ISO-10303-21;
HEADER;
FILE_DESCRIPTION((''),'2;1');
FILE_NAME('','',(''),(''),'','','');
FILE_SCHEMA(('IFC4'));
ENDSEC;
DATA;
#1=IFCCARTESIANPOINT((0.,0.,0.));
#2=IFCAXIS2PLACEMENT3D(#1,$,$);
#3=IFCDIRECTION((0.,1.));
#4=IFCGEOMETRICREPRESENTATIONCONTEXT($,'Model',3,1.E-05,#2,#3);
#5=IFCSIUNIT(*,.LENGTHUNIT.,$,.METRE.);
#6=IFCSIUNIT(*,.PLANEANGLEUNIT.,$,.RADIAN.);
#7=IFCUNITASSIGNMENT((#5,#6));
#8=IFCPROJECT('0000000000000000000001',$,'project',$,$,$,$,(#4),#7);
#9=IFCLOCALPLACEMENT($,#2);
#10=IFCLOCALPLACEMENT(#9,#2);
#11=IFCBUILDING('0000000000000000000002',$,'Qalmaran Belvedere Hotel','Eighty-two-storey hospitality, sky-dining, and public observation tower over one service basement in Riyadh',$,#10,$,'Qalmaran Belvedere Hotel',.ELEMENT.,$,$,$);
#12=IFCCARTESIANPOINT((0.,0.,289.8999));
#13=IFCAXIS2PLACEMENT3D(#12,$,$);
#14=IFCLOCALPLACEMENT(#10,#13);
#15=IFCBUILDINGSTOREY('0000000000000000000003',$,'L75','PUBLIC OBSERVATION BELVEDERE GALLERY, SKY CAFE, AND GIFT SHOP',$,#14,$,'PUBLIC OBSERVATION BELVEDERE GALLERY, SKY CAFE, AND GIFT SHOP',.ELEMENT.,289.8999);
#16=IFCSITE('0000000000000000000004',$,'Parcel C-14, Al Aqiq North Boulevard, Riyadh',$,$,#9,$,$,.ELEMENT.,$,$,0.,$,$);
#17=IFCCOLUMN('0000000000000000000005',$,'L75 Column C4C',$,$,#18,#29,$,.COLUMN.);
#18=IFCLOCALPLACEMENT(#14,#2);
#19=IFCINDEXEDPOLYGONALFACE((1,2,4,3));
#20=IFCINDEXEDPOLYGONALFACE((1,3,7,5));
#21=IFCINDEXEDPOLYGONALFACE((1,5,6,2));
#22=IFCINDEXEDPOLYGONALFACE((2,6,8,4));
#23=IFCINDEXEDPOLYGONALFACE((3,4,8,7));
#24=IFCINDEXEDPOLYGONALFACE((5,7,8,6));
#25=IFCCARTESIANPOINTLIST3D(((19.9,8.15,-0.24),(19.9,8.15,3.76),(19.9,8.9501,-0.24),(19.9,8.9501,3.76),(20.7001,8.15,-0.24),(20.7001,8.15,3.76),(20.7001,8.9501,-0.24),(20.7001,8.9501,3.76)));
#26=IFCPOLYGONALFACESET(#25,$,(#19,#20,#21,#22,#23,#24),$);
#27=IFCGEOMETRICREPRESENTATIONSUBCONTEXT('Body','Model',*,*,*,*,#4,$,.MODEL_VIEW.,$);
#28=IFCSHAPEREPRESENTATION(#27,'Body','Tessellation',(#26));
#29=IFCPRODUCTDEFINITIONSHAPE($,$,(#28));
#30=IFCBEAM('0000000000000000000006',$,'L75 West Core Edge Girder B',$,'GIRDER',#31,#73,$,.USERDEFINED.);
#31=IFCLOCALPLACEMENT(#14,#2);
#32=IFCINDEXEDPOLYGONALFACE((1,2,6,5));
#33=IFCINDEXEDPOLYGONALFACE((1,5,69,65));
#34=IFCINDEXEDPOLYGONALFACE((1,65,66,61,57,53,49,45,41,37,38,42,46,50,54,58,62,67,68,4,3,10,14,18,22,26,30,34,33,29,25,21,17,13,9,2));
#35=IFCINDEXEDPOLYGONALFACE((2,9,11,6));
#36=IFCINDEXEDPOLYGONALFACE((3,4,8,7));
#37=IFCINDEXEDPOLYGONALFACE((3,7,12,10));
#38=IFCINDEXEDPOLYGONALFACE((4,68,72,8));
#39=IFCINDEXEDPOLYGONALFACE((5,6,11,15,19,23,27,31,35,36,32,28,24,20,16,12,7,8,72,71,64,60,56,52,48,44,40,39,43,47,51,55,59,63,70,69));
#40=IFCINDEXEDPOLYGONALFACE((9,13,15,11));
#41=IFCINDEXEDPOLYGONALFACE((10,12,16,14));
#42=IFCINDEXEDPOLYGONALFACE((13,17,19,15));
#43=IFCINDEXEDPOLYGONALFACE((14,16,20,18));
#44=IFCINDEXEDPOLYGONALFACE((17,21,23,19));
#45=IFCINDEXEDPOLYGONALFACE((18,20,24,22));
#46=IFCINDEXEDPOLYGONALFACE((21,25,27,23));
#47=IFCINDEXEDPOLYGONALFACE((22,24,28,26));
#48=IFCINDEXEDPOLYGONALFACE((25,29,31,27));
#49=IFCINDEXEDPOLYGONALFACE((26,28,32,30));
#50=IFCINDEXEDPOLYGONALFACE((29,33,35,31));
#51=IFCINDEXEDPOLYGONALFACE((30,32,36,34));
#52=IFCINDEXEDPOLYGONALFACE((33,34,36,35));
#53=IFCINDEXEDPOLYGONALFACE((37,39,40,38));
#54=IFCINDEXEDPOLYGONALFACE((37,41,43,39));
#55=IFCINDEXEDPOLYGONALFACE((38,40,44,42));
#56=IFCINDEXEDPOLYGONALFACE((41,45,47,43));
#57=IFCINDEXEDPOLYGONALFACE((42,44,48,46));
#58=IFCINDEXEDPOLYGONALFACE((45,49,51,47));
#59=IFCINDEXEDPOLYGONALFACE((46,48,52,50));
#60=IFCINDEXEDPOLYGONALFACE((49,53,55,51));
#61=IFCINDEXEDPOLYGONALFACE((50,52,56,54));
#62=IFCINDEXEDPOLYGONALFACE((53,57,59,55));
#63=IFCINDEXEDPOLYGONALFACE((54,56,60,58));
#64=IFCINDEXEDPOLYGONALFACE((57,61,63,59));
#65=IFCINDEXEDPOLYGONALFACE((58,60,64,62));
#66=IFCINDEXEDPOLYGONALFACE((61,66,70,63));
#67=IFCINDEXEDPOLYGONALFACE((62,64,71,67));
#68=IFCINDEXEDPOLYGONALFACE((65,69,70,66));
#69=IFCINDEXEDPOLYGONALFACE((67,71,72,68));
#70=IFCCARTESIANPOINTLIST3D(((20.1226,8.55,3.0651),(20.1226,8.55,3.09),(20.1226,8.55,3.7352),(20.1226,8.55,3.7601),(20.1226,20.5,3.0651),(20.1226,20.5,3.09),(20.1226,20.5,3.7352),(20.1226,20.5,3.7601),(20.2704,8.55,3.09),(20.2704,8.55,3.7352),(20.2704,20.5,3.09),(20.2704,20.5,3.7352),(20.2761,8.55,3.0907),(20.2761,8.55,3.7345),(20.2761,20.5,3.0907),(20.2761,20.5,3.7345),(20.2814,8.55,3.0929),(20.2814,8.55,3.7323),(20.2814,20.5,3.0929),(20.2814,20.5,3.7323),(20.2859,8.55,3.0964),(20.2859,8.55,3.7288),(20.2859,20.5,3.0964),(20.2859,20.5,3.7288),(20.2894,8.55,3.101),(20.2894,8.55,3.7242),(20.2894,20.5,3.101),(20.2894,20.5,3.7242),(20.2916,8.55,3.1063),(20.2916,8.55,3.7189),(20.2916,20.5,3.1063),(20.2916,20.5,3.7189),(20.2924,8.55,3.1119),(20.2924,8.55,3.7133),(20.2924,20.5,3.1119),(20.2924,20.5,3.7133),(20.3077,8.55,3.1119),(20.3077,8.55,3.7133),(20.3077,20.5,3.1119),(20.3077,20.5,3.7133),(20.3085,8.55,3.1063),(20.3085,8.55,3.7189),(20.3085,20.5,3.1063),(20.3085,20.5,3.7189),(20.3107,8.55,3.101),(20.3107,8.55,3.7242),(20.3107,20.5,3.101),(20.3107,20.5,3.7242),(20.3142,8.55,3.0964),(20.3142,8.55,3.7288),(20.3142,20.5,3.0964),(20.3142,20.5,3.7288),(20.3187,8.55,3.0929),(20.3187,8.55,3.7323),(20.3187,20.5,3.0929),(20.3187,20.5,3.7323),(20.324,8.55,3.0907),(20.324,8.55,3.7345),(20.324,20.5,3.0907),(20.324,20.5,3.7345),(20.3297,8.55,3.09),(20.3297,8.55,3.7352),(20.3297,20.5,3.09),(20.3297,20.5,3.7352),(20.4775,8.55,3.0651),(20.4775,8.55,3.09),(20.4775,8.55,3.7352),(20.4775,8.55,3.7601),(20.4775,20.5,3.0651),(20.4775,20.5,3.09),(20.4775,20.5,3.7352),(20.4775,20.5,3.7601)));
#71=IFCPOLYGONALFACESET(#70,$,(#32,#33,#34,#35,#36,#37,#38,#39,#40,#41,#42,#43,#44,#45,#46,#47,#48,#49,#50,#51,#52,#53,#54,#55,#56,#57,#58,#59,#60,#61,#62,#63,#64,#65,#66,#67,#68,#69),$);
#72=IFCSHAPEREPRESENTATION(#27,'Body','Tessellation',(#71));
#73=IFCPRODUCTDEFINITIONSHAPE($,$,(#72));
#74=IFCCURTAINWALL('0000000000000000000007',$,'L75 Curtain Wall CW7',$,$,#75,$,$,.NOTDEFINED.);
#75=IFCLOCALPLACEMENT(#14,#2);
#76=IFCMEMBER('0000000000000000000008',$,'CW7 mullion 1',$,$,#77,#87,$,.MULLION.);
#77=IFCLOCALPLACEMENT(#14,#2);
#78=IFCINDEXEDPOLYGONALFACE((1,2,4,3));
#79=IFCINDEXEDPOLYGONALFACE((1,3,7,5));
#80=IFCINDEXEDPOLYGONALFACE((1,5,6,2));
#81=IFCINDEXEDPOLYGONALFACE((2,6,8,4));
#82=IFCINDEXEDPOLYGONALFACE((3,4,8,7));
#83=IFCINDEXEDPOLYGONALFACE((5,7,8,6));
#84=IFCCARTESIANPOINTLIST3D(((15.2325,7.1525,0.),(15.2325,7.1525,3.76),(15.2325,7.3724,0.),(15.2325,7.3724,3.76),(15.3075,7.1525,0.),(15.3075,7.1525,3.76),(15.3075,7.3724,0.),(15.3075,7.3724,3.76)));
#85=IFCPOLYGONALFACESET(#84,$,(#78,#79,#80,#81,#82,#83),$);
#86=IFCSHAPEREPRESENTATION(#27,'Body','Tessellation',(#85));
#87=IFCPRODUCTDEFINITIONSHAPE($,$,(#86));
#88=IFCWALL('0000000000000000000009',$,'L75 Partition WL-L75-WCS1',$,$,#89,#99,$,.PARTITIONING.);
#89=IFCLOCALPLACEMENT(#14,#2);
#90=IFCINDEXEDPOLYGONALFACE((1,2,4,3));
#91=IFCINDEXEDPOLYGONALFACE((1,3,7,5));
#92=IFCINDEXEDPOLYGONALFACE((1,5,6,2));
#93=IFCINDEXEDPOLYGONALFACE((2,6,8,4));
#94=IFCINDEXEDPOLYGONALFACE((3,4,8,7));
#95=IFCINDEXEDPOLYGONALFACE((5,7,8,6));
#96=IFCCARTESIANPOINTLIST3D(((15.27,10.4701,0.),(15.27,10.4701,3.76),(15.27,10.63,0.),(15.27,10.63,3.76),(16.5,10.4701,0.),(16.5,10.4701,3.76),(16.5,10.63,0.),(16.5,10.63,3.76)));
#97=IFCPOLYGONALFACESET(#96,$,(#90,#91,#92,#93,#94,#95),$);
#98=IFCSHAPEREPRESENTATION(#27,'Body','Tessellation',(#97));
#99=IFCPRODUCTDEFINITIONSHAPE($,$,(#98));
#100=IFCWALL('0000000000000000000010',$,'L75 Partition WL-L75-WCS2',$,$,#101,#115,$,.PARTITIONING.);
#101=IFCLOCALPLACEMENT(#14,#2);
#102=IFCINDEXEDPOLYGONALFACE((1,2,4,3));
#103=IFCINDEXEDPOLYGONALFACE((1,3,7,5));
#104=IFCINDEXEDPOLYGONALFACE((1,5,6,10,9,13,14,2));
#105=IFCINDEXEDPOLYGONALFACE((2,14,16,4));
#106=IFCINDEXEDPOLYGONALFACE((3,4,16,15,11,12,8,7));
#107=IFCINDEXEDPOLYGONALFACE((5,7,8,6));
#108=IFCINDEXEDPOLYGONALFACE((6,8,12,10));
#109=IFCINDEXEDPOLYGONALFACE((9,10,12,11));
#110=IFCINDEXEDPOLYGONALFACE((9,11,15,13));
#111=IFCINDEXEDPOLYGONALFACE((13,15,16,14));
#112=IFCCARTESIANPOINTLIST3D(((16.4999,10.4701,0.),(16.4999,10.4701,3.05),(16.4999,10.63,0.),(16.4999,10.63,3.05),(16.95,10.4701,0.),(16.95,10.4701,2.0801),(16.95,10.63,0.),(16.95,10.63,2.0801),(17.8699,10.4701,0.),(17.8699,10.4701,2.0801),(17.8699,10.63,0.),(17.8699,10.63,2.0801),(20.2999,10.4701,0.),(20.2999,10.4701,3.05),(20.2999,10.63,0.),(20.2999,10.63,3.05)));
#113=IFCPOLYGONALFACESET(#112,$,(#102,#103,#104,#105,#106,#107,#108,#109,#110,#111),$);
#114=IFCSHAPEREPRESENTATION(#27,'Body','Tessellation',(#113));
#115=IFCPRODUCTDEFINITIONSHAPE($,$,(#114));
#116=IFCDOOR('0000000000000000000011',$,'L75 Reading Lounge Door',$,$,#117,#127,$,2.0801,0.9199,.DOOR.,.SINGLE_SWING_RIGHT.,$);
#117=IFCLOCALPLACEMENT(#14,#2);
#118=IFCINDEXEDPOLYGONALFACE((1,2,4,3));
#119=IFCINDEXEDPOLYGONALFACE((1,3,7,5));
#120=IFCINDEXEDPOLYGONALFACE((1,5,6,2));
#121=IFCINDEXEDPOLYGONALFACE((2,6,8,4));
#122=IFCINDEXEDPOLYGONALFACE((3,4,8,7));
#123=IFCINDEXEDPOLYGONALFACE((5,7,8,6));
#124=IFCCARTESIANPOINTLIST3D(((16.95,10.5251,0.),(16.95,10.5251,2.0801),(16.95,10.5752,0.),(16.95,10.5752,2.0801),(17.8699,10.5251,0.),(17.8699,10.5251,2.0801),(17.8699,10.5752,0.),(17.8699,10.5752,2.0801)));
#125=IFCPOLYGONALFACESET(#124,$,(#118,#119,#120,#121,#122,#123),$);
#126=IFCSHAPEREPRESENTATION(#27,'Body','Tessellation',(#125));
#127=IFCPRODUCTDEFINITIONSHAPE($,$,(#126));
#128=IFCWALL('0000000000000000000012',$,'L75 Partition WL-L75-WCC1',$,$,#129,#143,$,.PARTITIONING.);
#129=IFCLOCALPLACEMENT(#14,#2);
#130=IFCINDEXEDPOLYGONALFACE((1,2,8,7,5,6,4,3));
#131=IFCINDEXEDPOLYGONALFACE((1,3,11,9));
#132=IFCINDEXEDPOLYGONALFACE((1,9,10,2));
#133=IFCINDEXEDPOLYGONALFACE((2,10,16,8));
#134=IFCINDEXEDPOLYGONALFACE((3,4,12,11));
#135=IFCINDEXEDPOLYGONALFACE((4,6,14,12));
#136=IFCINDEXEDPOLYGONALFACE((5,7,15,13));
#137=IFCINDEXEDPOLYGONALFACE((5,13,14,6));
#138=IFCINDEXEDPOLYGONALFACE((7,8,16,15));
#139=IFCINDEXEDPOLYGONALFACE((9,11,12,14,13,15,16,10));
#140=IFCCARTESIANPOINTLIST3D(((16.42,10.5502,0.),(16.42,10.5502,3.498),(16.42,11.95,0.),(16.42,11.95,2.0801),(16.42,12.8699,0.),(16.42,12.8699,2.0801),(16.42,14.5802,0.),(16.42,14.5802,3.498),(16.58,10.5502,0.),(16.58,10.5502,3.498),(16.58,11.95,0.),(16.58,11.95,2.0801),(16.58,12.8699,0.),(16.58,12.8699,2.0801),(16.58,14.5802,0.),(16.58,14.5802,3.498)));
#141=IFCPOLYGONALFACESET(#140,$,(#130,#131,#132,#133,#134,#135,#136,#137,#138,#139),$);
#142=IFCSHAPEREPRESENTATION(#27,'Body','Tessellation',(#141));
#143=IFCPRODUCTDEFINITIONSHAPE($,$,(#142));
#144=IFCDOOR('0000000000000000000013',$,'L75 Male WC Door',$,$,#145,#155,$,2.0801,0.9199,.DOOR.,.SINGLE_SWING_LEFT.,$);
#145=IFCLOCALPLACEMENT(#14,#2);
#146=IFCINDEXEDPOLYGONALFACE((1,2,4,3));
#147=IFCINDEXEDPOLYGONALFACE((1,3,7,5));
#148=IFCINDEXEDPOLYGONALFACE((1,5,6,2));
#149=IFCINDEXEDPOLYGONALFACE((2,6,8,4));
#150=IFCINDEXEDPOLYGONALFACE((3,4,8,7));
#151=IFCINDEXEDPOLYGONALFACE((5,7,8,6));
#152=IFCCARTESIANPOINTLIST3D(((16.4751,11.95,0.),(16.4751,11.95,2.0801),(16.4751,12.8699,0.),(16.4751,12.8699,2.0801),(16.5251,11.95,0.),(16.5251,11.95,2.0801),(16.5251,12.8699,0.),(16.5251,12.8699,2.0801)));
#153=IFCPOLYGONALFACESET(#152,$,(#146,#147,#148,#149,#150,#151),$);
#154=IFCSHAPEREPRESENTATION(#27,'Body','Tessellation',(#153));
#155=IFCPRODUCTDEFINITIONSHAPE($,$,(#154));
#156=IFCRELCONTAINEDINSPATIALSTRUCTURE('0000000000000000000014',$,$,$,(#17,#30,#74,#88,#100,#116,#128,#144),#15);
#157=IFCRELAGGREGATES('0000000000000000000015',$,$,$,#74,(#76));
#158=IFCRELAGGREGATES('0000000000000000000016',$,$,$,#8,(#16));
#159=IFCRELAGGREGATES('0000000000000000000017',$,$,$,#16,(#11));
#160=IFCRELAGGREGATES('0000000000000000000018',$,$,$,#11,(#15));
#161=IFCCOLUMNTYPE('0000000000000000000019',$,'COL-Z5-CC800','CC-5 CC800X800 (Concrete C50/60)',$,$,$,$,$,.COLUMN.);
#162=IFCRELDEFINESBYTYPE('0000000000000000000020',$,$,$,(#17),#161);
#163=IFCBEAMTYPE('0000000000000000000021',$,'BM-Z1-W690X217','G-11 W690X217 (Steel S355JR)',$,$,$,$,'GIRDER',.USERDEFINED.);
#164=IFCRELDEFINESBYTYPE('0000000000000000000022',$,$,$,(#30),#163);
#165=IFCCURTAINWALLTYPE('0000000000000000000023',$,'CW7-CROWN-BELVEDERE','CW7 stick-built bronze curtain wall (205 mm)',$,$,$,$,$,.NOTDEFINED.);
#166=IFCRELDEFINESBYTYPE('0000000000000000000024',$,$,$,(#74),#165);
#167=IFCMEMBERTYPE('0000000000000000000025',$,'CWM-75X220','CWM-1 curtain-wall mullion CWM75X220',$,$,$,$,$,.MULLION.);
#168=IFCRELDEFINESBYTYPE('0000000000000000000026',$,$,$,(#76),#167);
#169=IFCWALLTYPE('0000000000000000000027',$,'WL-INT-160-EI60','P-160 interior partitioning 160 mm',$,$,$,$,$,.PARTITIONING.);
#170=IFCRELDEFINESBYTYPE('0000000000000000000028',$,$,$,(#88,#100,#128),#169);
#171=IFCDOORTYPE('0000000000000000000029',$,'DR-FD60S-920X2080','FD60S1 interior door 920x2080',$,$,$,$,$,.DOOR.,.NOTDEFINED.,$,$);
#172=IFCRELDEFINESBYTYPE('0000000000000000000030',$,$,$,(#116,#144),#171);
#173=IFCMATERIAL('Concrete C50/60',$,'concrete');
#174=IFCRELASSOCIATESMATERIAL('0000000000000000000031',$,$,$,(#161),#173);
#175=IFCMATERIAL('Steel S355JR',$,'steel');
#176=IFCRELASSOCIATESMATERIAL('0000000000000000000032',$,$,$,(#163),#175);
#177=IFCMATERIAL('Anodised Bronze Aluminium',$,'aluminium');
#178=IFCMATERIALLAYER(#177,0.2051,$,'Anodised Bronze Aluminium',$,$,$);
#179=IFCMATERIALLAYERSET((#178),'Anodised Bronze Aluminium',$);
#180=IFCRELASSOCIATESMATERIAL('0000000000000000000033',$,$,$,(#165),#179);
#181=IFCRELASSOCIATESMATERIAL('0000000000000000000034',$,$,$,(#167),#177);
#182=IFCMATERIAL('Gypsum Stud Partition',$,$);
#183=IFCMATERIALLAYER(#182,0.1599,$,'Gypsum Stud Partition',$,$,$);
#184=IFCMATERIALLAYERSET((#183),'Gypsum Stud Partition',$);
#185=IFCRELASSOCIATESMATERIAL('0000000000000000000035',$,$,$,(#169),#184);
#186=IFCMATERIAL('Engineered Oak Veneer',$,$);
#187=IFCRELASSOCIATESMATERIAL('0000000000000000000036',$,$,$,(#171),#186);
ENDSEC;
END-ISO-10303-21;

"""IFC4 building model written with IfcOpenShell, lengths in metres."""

from ifc_helpers import new_model, si_unit, direction, frame, frame_2d, origin, origin_2d, place, context, subcontext, project, spatial, rectangle, i_section, extrude, material, layer, layer_set, material_profile, profile_set, type_object, element, fill, aggregate, save


model = new_model("IFC4")

# Units and contexts
model_context = context("Model", 3, precision=1e-05, world=origin(), true_north=direction((0.0, 1.0)))
body_context = subcontext(model_context, "Body", "Model", "MODEL_VIEW")
ifc_project = project(units=[si_unit("LENGTHUNIT", "METRE"), si_unit("PLANEANGLEUNIT", "RADIAN")], contexts=[model_context])

# Site, building, storey
site_placement = place(None, origin())
site = spatial("IfcSite", under=ifc_project, at=site_placement, Name="Parcel C-14, Al Aqiq North Boulevard, Riyadh", CompositionType="ELEMENT", RefElevation=0.0)
building_placement = place(site_placement, origin())
building = spatial("IfcBuilding", under=site, at=building_placement, Name="Qalmaran Belvedere Hotel", Description="Eighty-two-storey hospitality, sky-dining, and public observation tower over one service basement in Riyadh", LongName="Qalmaran Belvedere Hotel", CompositionType="ELEMENT")
storey_placement = place(building_placement, frame((0.0, 0.0, 289.8999)))
storey = spatial("IfcBuildingStorey", under=building, at=storey_placement, Name="L75", Description="PUBLIC OBSERVATION BELVEDERE GALLERY, SKY CAFE, AND GIFT SHOP", LongName="PUBLIC OBSERVATION BELVEDERE GALLERY, SKY CAFE, AND GIFT SHOP", CompositionType="ELEMENT", Elevation=289.8999)

# Column
ifc_material_1 = material(Name="Concrete C50/60", Category="concrete")
ifc_material_profile_1 = material_profile(ifc_material_1, rectangle(XDim=0.8, YDim=0.8, at=origin_2d()), Name="CC800X800")
ifc_profile_set_1 = profile_set([ifc_material_profile_1], Name="Concrete C50/60")
column_type = type_object("IfcColumnType", Name="COL-Z5-CC800", Description="CC-5 CC800X800 (Concrete C50/60)", PredefinedType="COLUMN", material=ifc_profile_set_1)
column_placement = place(storey_placement, frame((20.3, 8.55, -0.24), z_axis=(0.0, 0.0, 1.0), x_axis=(1.0, 0.0, 0.0)))
element("IfcColumn", 1, at=column_placement, inside=storey, type_object=column_type, Name="L75 Column C4C", PredefinedType="COLUMN", context=body_context, shape_type="SweptSolid", body=[
    extrude(rectangle(XDim=0.8, YDim=0.8, at=origin_2d()), origin(), (0.0, 0.0, 1.0), 4.0),
])

# Beam
ifc_material_2 = material(Name="Steel S355JR", Category="steel")
ifc_material_profile_2 = material_profile(ifc_material_2, i_section(OverallWidth=0.355, OverallDepth=0.6951, WebThickness=0.0154, FlangeThickness=0.0249, FilletRadius=0.022, at=origin_2d()), Name="W690X217")
ifc_profile_set_2 = profile_set([ifc_material_profile_2], Name="Steel S355JR")
beam_type = type_object("IfcBeamType", Name="BM-Z1-W690X217", Description="G-11 W690X217 (Steel S355JR)", ElementType="GIRDER", PredefinedType="USERDEFINED", material=ifc_profile_set_2)
beam_placement = place(storey_placement, frame((20.3, 8.55, 3.4126), z_axis=(0.0, 1.0, 0.0), x_axis=(-1.0, 0.0, 0.0)))
element("IfcBeam", 2, at=beam_placement, inside=storey, type_object=beam_type, Name="L75 West Core Edge Girder B", ObjectType="GIRDER", PredefinedType="USERDEFINED", context=body_context, shape_type="SweptSolid", body=[
    extrude(i_section(OverallWidth=0.355, OverallDepth=0.6951, WebThickness=0.0154, FlangeThickness=0.0249, FilletRadius=0.022, at=origin_2d()), origin(), (0.0, 0.0, 1.0), 11.95),
])

# Curtain wall, member
ifc_material_3 = material(Name="Anodised Bronze Aluminium", Category="aluminium")
ifc_layer_1 = layer(ifc_material_3, 0.2051, Name="Anodised Bronze Aluminium")
ifc_layer_set_1 = layer_set([ifc_layer_1], Name="Anodised Bronze Aluminium")
curtain_wall_type = type_object("IfcCurtainWallType", Name="CW7-CROWN-BELVEDERE", Description="CW7 stick-built bronze curtain wall (205 mm)", PredefinedType="NOTDEFINED", material=ifc_layer_set_1)
curtain_wall_placement = place(storey_placement, origin())
curtain_wall = element("IfcCurtainWall", 3, at=curtain_wall_placement, inside=storey, type_object=curtain_wall_type, Name="L75 Curtain Wall CW7", PredefinedType="NOTDEFINED")
ifc_material_profile_3 = material_profile(ifc_material_3, rectangle(XDim=0.075, YDim=0.22, at=origin_2d()), Name="CWM75X220")
ifc_profile_set_3 = profile_set([ifc_material_profile_3], Name="Anodised Bronze Aluminium")
member_type = type_object("IfcMemberType", Name="CWM-75X220", Description="CWM-1 curtain-wall mullion CWM75X220", PredefinedType="MULLION", material=ifc_profile_set_3)
member_placement = place(storey_placement, frame((15.27, 7.2625, 0.0), z_axis=(0.0, 0.0, 1.0), x_axis=(1.0, 0.0, 0.0)))
member = element("IfcMember", 4, at=member_placement, type_object=member_type, Name="CW7 mullion 1", PredefinedType="MULLION", context=body_context, shape_type="SweptSolid", body=[
    extrude(rectangle(XDim=0.075, YDim=0.22, at=origin_2d()), origin(), (0.0, 0.0, 1.0), 3.76),
])
aggregate(curtain_wall, [member])

# Wall
ifc_material_4 = material(Name="Gypsum Stud Partition")
ifc_layer_2 = layer(ifc_material_4, 0.1599, Name="Gypsum Stud Partition")
ifc_layer_set_2 = layer_set([ifc_layer_2], Name="Gypsum Stud Partition")
wall_type_1 = type_object("IfcWallType", Name="WL-INT-160-EI60", Description="P-160 interior partitioning 160 mm", PredefinedType="PARTITIONING", material=ifc_layer_set_2)
wall_1_placement = place(storey_placement, frame((15.27, 10.55, 0.0), z_axis=(0.0, 0.0, 1.0), x_axis=(1.0, 0.0, 0.0)))
element("IfcWall", 5, at=wall_1_placement, inside=storey, type_object=wall_type_1, Name="L75 Partition WL-L75-WCS1", PredefinedType="PARTITIONING", context=body_context, shape_type="SweptSolid", body=[
    extrude(rectangle(XDim=1.23, YDim=0.1599, at=frame_2d((0.615, 0.0))), origin(), (0.0, 0.0, 1.0), 3.76),
])

# Walls, openings, doors
wall_2_placement = place(storey_placement, frame((16.5, 10.55, 0.0), z_axis=(0.0, 0.0, 1.0), x_axis=(1.0, 0.0, 0.0)))
wall_2 = element("IfcWall", 6, at=wall_2_placement, inside=storey, type_object=wall_type_1, Name="L75 Partition WL-L75-WCS2", PredefinedType="PARTITIONING", context=body_context, shape_type="SweptSolid", body=[
    extrude(rectangle(XDim=3.8, YDim=0.1599, at=frame_2d((1.8999, 0.0))), origin(), (0.0, 0.0, 1.0), 3.05),
])
opening_1_placement = place(wall_2_placement, frame((1.3699, 0.0, 0.0), z_axis=(0.0, 0.0, 1.0), x_axis=(-1.0, 0.0, 0.0)))
opening_1 = element("IfcOpeningElement", 7, at=opening_1_placement, cuts=wall_2, PredefinedType="OPENING", context=body_context, shape_type="SweptSolid", body=[
    extrude(rectangle(XDim=0.9199, YDim=2.0801, at=frame_2d((0.46, 1.04))), frame((0.0, 0.0898, 0.0), z_axis=(0.0, -1.0, 0.0), x_axis=(1.0, 0.0, 0.0)), (0.0, 0.0, 1.0), 0.1799),
])
ifc_material_5 = material(Name="Engineered Oak Veneer")
door_type_1 = type_object("IfcDoorType", Name="DR-FD60S-920X2080", Description="FD60S1 interior door 920x2080", OperationType="NOTDEFINED", PredefinedType="DOOR", material=ifc_material_5)
door_1_placement = place(opening_1_placement, origin())
door_1 = element("IfcDoor", 8, at=door_1_placement, inside=storey, type_object=door_type_1, Name="L75 Reading Lounge Door", OperationType="SINGLE_SWING_RIGHT", OverallHeight=2.0801, OverallWidth=0.9199, PredefinedType="DOOR", context=body_context, shape_type="SweptSolid", body=[
    extrude(rectangle(XDim=0.9199, YDim=2.0801, at=frame_2d((0.46, 1.04))), frame((0.0, 0.0249, 0.0), z_axis=(0.0, -1.0, 0.0), x_axis=(1.0, 0.0, 0.0)), (0.0, 0.0, 1.0), 0.05),
])
fill(opening_1, door_1)
wall_3_placement = place(storey_placement, frame((16.5, 10.55, 0.0), z_axis=(0.0, 0.0, 1.0), x_axis=(0.0, 1.0, 0.0)))
wall_3 = element("IfcWall", 9, at=wall_3_placement, inside=storey, type_object=wall_type_1, Name="L75 Partition WL-L75-WCC1", PredefinedType="PARTITIONING", context=body_context, shape_type="SweptSolid", body=[
    extrude(rectangle(XDim=4.03, YDim=0.1599, at=frame_2d((2.0151, 0.0))), origin(), (0.0, 0.0, 1.0), 3.498),
])
opening_2_placement = place(wall_3_placement, frame((1.3999, 0.0, 0.0)))
opening_2 = element("IfcOpeningElement", 10, at=opening_2_placement, cuts=wall_3, PredefinedType="OPENING", context=body_context, shape_type="SweptSolid", body=[
    extrude(rectangle(XDim=0.9199, YDim=2.0801, at=frame_2d((0.46, 1.04))), frame((0.0, 0.0898, 0.0), z_axis=(0.0, -1.0, 0.0), x_axis=(1.0, 0.0, 0.0)), (0.0, 0.0, 1.0), 0.1799),
])
door_2_placement = place(opening_2_placement, origin())
door_2 = element("IfcDoor", 11, at=door_2_placement, inside=storey, type_object=door_type_1, Name="L75 Male WC Door", OperationType="SINGLE_SWING_LEFT", OverallHeight=2.0801, OverallWidth=0.9199, PredefinedType="DOOR", context=body_context, shape_type="SweptSolid", body=[
    extrude(rectangle(XDim=0.9199, YDim=2.0801, at=frame_2d((0.46, 1.04))), frame((0.0, 0.0249, 0.0), z_axis=(0.0, -1.0, 0.0), x_axis=(1.0, 0.0, 0.0)), (0.0, 0.0, 1.0), 0.05),
])
fill(opening_2, door_2)

save(model, "model.ifc")
